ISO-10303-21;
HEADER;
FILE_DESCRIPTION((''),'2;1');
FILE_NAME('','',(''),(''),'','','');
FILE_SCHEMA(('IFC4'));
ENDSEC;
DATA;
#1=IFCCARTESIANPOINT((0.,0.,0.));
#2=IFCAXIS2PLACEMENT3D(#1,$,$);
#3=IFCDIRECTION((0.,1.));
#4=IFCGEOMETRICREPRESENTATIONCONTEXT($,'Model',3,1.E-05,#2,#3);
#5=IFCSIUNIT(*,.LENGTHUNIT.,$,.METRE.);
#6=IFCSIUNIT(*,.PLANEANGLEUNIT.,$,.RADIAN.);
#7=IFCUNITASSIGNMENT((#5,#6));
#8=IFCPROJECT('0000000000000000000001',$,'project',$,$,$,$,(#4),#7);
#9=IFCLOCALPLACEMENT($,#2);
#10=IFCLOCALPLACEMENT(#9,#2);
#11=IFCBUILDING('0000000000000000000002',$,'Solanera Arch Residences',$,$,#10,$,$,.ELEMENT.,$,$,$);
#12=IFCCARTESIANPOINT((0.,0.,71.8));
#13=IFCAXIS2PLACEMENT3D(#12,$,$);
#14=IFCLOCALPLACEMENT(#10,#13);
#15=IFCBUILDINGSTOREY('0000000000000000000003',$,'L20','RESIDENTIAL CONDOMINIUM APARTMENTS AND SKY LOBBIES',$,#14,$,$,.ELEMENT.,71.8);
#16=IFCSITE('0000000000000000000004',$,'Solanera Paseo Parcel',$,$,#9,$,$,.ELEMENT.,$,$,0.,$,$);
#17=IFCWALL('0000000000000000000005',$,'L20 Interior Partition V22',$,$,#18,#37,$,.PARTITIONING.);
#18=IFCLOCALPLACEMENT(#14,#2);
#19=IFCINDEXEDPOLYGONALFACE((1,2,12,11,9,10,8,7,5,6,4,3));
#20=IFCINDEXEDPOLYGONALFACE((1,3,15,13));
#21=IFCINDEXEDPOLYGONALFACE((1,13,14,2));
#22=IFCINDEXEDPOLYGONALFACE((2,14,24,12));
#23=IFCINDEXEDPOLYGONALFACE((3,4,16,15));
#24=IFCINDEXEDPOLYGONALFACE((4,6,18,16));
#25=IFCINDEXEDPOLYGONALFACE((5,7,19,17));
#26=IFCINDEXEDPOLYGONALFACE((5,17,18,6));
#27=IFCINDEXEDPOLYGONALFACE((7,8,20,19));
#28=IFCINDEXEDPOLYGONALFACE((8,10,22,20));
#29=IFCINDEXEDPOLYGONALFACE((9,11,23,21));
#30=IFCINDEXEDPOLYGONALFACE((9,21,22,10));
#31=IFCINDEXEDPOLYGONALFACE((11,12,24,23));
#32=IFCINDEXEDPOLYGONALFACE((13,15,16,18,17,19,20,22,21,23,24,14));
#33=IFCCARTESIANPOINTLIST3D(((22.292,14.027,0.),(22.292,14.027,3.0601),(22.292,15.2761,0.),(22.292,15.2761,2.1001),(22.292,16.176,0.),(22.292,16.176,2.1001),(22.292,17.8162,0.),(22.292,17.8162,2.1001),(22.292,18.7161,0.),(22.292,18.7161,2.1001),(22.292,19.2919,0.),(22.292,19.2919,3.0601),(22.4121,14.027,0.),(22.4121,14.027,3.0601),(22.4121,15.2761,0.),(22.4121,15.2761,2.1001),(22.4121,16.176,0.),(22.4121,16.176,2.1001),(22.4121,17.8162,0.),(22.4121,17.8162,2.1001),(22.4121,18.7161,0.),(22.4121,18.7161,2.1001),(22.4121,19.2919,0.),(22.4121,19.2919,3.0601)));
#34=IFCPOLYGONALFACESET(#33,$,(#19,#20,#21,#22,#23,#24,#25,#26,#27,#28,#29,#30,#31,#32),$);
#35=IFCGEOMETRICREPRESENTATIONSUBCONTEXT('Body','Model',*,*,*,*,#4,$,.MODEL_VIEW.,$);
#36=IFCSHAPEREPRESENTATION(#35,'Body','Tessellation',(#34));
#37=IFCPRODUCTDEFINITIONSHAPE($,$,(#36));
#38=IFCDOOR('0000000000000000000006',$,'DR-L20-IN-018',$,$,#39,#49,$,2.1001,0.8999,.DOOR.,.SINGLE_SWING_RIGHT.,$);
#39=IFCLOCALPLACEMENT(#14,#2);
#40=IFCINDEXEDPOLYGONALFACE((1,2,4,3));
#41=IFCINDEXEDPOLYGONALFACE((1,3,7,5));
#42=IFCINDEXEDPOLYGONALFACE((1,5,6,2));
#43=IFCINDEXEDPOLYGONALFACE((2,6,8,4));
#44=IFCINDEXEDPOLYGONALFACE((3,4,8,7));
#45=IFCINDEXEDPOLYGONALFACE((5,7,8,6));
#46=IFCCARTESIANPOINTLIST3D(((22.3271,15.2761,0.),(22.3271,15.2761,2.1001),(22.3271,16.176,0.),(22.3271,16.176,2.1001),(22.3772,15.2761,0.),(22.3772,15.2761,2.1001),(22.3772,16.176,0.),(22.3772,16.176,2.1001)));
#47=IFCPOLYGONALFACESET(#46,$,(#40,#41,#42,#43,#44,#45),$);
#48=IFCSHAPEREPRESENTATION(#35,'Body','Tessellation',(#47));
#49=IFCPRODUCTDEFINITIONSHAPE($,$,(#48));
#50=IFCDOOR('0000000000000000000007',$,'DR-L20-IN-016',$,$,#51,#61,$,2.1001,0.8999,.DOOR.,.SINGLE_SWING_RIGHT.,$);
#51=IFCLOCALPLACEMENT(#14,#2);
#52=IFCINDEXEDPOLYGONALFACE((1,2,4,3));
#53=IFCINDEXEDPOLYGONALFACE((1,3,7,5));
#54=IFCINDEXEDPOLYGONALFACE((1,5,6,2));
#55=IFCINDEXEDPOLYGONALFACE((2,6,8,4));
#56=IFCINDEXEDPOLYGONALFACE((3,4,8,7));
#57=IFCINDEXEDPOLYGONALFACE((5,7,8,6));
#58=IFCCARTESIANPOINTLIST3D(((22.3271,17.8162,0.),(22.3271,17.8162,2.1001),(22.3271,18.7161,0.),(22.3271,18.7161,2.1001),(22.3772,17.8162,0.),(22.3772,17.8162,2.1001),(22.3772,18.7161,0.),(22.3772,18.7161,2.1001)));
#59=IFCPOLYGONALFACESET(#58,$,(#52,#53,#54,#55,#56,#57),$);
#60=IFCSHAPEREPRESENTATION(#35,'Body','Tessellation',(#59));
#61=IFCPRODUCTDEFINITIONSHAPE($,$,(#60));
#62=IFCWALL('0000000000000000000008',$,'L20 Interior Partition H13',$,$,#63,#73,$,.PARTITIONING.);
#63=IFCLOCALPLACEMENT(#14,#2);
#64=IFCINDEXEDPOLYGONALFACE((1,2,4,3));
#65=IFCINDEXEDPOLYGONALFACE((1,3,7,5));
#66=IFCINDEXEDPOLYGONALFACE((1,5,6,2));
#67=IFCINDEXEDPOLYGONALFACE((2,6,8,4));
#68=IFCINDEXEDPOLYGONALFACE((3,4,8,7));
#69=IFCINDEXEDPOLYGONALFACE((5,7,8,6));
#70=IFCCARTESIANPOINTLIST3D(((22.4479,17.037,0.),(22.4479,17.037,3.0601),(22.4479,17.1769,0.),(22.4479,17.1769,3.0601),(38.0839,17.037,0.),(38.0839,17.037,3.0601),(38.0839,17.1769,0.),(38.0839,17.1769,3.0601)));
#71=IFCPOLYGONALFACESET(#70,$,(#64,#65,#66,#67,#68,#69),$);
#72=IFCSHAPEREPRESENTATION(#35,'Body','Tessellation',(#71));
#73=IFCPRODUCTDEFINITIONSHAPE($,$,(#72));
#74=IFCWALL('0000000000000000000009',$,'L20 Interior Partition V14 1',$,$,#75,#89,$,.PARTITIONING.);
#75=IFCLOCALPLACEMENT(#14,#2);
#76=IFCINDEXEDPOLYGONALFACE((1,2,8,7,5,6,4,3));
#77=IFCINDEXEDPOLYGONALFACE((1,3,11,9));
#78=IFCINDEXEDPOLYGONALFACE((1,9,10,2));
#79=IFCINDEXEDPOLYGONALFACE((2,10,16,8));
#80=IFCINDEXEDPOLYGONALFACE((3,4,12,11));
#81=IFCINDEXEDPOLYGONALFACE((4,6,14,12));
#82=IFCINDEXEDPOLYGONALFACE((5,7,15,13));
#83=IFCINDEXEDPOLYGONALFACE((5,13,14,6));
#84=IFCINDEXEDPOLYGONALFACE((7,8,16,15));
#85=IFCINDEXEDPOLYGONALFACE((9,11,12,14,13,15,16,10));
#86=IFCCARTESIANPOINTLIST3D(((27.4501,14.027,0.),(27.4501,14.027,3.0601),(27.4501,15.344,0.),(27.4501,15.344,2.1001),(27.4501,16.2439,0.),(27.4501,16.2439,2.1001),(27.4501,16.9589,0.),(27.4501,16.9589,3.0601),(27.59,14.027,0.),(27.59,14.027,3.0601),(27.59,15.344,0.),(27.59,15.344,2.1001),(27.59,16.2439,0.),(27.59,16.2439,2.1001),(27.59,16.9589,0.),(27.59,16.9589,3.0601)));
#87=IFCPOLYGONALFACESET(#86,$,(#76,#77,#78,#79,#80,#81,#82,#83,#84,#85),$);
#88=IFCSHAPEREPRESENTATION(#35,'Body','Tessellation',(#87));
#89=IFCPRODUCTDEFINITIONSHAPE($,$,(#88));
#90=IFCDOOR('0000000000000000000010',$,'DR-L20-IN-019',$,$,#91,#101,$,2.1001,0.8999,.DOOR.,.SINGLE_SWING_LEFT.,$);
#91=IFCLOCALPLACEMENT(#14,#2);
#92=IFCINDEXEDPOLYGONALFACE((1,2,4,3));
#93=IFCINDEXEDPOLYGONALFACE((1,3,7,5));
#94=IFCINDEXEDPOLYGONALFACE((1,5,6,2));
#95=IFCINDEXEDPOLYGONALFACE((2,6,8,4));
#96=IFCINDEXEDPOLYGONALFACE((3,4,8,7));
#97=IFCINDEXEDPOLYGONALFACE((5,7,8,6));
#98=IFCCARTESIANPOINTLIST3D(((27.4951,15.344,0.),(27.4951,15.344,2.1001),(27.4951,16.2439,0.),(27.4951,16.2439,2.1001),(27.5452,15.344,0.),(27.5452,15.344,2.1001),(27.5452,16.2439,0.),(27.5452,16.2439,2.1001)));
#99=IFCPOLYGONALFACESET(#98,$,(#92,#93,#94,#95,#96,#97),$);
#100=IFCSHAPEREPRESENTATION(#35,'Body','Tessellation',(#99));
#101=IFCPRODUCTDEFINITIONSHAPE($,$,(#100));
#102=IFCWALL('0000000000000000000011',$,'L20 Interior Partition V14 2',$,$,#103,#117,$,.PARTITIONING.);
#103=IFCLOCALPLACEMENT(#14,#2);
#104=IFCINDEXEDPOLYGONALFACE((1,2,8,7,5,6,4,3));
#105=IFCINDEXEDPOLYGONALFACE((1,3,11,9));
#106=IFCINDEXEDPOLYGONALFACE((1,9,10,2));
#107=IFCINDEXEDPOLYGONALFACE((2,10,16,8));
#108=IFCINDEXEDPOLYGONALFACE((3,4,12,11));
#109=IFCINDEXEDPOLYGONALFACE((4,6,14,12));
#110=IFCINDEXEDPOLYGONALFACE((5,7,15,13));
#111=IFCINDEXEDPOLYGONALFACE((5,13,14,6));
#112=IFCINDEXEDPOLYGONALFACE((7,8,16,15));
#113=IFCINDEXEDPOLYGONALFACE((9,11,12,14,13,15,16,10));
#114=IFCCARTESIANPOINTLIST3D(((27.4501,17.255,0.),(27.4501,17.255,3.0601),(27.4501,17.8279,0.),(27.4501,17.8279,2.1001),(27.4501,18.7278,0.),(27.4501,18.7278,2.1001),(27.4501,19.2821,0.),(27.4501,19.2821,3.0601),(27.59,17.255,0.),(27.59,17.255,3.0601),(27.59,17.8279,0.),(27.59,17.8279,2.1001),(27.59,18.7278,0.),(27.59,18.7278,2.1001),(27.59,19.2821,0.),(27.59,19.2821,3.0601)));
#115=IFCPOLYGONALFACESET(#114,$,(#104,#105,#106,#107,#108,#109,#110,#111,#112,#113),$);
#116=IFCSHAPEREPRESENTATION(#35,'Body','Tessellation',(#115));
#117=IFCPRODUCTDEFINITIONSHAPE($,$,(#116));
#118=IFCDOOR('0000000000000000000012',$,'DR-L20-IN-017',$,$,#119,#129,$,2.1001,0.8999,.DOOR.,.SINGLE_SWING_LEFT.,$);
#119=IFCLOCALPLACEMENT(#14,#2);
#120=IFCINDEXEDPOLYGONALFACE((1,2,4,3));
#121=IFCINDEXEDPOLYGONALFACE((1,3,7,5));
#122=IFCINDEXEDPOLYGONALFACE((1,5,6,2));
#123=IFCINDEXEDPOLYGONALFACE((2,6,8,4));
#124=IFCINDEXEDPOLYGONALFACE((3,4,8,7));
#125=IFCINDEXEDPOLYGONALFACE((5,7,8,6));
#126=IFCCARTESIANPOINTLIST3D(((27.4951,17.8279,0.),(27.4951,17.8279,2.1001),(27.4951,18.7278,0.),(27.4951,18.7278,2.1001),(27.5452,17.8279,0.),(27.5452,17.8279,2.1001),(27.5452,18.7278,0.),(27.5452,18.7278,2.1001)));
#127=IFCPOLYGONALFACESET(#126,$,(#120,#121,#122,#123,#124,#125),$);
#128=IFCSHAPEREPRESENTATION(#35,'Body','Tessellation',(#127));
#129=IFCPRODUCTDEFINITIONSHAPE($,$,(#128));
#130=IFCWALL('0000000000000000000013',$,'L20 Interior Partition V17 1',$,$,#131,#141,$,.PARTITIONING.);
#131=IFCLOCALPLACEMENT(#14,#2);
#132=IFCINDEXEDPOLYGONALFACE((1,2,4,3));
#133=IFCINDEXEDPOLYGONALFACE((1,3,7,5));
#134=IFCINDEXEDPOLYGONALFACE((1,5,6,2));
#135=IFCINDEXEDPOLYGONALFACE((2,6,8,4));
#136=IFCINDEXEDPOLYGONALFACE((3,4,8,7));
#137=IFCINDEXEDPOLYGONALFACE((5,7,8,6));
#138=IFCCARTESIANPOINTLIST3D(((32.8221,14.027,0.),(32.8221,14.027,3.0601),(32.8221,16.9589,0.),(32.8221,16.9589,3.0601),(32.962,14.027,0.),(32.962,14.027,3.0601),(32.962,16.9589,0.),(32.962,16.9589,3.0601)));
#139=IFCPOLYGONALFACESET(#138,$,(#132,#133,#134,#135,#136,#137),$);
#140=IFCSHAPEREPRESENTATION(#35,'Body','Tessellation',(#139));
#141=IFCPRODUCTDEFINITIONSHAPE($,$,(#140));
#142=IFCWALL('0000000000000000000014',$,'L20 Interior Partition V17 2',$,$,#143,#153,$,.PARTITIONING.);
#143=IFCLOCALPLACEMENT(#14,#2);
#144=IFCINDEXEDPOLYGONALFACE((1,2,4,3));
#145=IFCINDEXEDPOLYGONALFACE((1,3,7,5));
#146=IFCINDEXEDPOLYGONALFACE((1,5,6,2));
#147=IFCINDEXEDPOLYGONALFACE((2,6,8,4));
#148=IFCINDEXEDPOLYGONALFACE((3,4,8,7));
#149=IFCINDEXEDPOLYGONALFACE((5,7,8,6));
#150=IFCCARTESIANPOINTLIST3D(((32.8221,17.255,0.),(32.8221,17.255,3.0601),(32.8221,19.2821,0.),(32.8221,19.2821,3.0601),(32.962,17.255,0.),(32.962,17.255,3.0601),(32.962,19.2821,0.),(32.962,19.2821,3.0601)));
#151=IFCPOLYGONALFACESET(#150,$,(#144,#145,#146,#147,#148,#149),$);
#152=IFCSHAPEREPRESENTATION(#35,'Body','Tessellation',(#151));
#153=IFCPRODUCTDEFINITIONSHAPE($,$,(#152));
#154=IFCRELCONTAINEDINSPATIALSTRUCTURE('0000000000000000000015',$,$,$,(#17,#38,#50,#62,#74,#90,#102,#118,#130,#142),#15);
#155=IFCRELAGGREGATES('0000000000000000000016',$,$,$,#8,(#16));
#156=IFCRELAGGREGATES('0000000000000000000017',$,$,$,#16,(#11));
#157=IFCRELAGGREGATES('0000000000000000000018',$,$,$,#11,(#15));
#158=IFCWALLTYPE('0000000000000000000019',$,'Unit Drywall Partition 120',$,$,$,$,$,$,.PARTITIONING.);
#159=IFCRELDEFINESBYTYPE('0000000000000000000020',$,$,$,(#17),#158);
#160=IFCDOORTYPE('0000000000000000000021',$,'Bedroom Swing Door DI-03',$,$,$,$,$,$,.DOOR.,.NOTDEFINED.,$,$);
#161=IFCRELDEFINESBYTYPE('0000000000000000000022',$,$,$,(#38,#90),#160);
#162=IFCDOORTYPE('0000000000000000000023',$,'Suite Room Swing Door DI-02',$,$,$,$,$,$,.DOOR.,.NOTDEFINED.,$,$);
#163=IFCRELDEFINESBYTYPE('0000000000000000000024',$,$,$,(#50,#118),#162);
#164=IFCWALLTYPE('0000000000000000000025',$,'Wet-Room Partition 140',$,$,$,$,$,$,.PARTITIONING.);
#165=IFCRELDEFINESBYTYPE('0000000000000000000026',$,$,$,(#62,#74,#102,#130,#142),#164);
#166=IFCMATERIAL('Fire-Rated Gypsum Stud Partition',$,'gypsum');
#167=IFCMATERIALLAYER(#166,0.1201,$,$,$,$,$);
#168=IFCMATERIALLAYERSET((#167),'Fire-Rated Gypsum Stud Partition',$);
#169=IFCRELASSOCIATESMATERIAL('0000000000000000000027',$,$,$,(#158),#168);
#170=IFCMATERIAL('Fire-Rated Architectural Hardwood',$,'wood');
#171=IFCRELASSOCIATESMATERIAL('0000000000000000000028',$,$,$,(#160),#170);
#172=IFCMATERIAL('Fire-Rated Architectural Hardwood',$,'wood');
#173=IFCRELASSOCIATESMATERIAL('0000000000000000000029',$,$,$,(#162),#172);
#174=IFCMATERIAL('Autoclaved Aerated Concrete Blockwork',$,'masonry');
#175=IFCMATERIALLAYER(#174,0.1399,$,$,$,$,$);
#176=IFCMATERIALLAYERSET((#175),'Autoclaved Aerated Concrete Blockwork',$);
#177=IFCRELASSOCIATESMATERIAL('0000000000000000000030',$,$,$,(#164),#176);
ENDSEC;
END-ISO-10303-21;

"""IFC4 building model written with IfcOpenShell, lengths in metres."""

from ifc_helpers import new_model, si_unit, direction, frame, frame_2d, origin, place, context, subcontext, project, spatial, rectangle, extrude, material, layer, layer_set, type_object, element, fill, save


model = new_model("IFC4")

# Units and contexts
model_context = context("Model", 3, precision=1e-05, world=origin(), true_north=direction((0.0, 1.0)))
body_context = subcontext(model_context, "Body", "Model", "MODEL_VIEW")
ifc_project = project(units=[si_unit("LENGTHUNIT", "METRE"), si_unit("PLANEANGLEUNIT", "RADIAN")], contexts=[model_context])

# Site, building, storey
site_placement = place(None, origin())
site = spatial("IfcSite", under=ifc_project, at=site_placement, Name="Solanera Paseo Parcel", CompositionType="ELEMENT", RefElevation=0.0)
building_placement = place(site_placement, origin())
building = spatial("IfcBuilding", under=site, at=building_placement, Name="Solanera Arch Residences", CompositionType="ELEMENT")
storey_placement = place(building_placement, frame((0.0, 0.0, 71.8)))
storey = spatial("IfcBuildingStorey", under=building, at=storey_placement, Name="L20", Description="RESIDENTIAL CONDOMINIUM APARTMENTS AND SKY LOBBIES", CompositionType="ELEMENT", Elevation=71.8)

# Wall, openings, doors
ifc_material_1 = material(Name="Fire-Rated Gypsum Stud Partition", Category="gypsum")
ifc_layer_1 = layer(ifc_material_1, 0.1201)
ifc_layer_set_1 = layer_set([ifc_layer_1], Name="Fire-Rated Gypsum Stud Partition")
wall_type_1 = type_object("IfcWallType", Name="Unit Drywall Partition 120", PredefinedType="PARTITIONING", material=ifc_layer_set_1)
wall_1_placement = place(storey_placement, frame((22.3521, 14.0271, 0.0), z_axis=(0.0, 0.0, 1.0), x_axis=(0.0, 1.0, 0.0)))
wall_1 = element("IfcWall", 1, at=wall_1_placement, inside=storey, type_object=wall_type_1, Name="L20 Interior Partition V22", PredefinedType="PARTITIONING", context=body_context, shape_type="SweptSolid", body=[
    extrude(rectangle(XDim=5.2649, YDim=0.1201, at=frame_2d((2.6323, 0.0))), origin(), (0.0, 0.0, 1.0), 3.0601),
])
opening_1_placement = place(wall_1_placement, frame((3.7891, 0.0, 0.0)))
opening_1 = element("IfcOpeningElement", 2, at=opening_1_placement, cuts=wall_1, PredefinedType="OPENING", context=body_context, shape_type="SweptSolid", body=[
    extrude(rectangle(XDim=0.8999, YDim=2.1001, at=frame_2d((0.45, 1.05))), frame((0.0, 0.0701, 0.0), z_axis=(0.0, -1.0, 0.0), x_axis=(1.0, 0.0, 0.0)), (0.0, 0.0, 1.0), 0.1401),
])
opening_2_placement = place(wall_1_placement, frame((1.249, 0.0, 0.0)))
opening_2 = element("IfcOpeningElement", 3, at=opening_2_placement, cuts=wall_1, PredefinedType="OPENING", context=body_context, shape_type="SweptSolid", body=[
    extrude(rectangle(XDim=0.8999, YDim=2.1001, at=frame_2d((0.45, 1.05))), frame((0.0, 0.0701, 0.0), z_axis=(0.0, -1.0, 0.0), x_axis=(1.0, 0.0, 0.0)), (0.0, 0.0, 1.0), 0.1401),
])
ifc_material_2 = material(Name="Fire-Rated Architectural Hardwood", Category="wood")
door_type_1 = type_object("IfcDoorType", Name="Bedroom Swing Door DI-03", OperationType="NOTDEFINED", PredefinedType="DOOR", material=ifc_material_2)
door_1_placement = place(opening_2_placement, origin())
door_1 = element("IfcDoor", 4, at=door_1_placement, inside=storey, type_object=door_type_1, Name="DR-L20-IN-018", OperationType="SINGLE_SWING_RIGHT", OverallHeight=2.1001, OverallWidth=0.8999, PredefinedType="DOOR", context=body_context, shape_type="SweptSolid", body=[
    extrude(rectangle(XDim=0.8999, YDim=2.1001, at=frame_2d((0.45, 1.05))), frame((0.0, 0.0249, 0.0), z_axis=(0.0, -1.0, 0.0), x_axis=(1.0, 0.0, 0.0)), (0.0, 0.0, 1.0), 0.05),
])
fill(opening_2, door_1)
ifc_material_3 = material(Name="Fire-Rated Architectural Hardwood", Category="wood")
door_type_2 = type_object("IfcDoorType", Name="Suite Room Swing Door DI-02", OperationType="NOTDEFINED", PredefinedType="DOOR", material=ifc_material_3)
door_2_placement = place(opening_1_placement, origin())
door_2 = element("IfcDoor", 5, at=door_2_placement, inside=storey, type_object=door_type_2, Name="DR-L20-IN-016", OperationType="SINGLE_SWING_RIGHT", OverallHeight=2.1001, OverallWidth=0.8999, PredefinedType="DOOR", context=body_context, shape_type="SweptSolid", body=[
    extrude(rectangle(XDim=0.8999, YDim=2.1001, at=frame_2d((0.45, 1.05))), frame((0.0, 0.0249, 0.0), z_axis=(0.0, -1.0, 0.0), x_axis=(1.0, 0.0, 0.0)), (0.0, 0.0, 1.0), 0.05),
])
fill(opening_1, door_2)

# Wall
ifc_material_4 = material(Name="Autoclaved Aerated Concrete Blockwork", Category="masonry")
ifc_layer_2 = layer(ifc_material_4, 0.1399)
ifc_layer_set_2 = layer_set([ifc_layer_2], Name="Autoclaved Aerated Concrete Blockwork")
wall_type_2 = type_object("IfcWallType", Name="Wet-Room Partition 140", PredefinedType="PARTITIONING", material=ifc_layer_set_2)
wall_2_placement = place(storey_placement, frame((22.448, 17.1069, 0.0), z_axis=(0.0, 0.0, 1.0), x_axis=(1.0, 0.0, 0.0)))
element("IfcWall", 6, at=wall_2_placement, inside=storey, type_object=wall_type_2, Name="L20 Interior Partition H13", PredefinedType="PARTITIONING", context=body_context, shape_type="SweptSolid", body=[
    extrude(rectangle(XDim=15.636, YDim=0.1399, at=frame_2d((7.8179, 0.0))), origin(), (0.0, 0.0, 1.0), 3.0601),
])

# Walls, openings, doors
wall_3_placement = place(storey_placement, frame((27.52, 14.0271, 0.0), z_axis=(0.0, 0.0, 1.0), x_axis=(0.0, 1.0, 0.0)))
wall_3 = element("IfcWall", 7, at=wall_3_placement, inside=storey, type_object=wall_type_2, Name="L20 Interior Partition V14 1", PredefinedType="PARTITIONING", context=body_context, shape_type="SweptSolid", body=[
    extrude(rectangle(XDim=2.9319, YDim=0.1399, at=frame_2d((1.4658, 0.0))), origin(), (0.0, 0.0, 1.0), 3.0601),
])
opening_3_placement = place(wall_3_placement, frame((1.3169, 0.0, 0.0)))
opening_3 = element("IfcOpeningElement", 8, at=opening_3_placement, cuts=wall_3, PredefinedType="OPENING", context=body_context, shape_type="SweptSolid", body=[
    extrude(rectangle(XDim=0.8999, YDim=2.1001, at=frame_2d((0.45, 1.05))), frame((0.0, 0.0798, 0.0), z_axis=(0.0, -1.0, 0.0), x_axis=(1.0, 0.0, 0.0)), (0.0, 0.0, 1.0), 0.1599),
])
door_3_placement = place(opening_3_placement, origin())
door_3 = element("IfcDoor", 9, at=door_3_placement, inside=storey, type_object=door_type_1, Name="DR-L20-IN-019", OperationType="SINGLE_SWING_LEFT", OverallHeight=2.1001, OverallWidth=0.8999, PredefinedType="DOOR", context=body_context, shape_type="SweptSolid", body=[
    extrude(rectangle(XDim=0.8999, YDim=2.1001, at=frame_2d((0.45, 1.05))), frame((0.0, 0.0249, 0.0), z_axis=(0.0, -1.0, 0.0), x_axis=(1.0, 0.0, 0.0)), (0.0, 0.0, 1.0), 0.05),
])
fill(opening_3, door_3)
wall_4_placement = place(storey_placement, frame((27.52, 17.2549, 0.0), z_axis=(0.0, 0.0, 1.0), x_axis=(0.0, 1.0, 0.0)))
wall_4 = element("IfcWall", 10, at=wall_4_placement, inside=storey, type_object=wall_type_2, Name="L20 Interior Partition V14 2", PredefinedType="PARTITIONING", context=body_context, shape_type="SweptSolid", body=[
    extrude(rectangle(XDim=2.0271, YDim=0.1399, at=frame_2d((1.0137, 0.0))), origin(), (0.0, 0.0, 1.0), 3.0601),
])
opening_4_placement = place(wall_4_placement, frame((0.573, 0.0, 0.0)))
opening_4 = element("IfcOpeningElement", 11, at=opening_4_placement, cuts=wall_4, PredefinedType="OPENING", context=body_context, shape_type="SweptSolid", body=[
    extrude(rectangle(XDim=0.8999, YDim=2.1001, at=frame_2d((0.45, 1.05))), frame((0.0, 0.0798, 0.0), z_axis=(0.0, -1.0, 0.0), x_axis=(1.0, 0.0, 0.0)), (0.0, 0.0, 1.0), 0.1599),
])
door_4_placement = place(opening_4_placement, origin())
door_4 = element("IfcDoor", 12, at=door_4_placement, inside=storey, type_object=door_type_2, Name="DR-L20-IN-017", OperationType="SINGLE_SWING_LEFT", OverallHeight=2.1001, OverallWidth=0.8999, PredefinedType="DOOR", context=body_context, shape_type="SweptSolid", body=[
    extrude(rectangle(XDim=0.8999, YDim=2.1001, at=frame_2d((0.45, 1.05))), frame((0.0, 0.0249, 0.0), z_axis=(0.0, -1.0, 0.0), x_axis=(1.0, 0.0, 0.0)), (0.0, 0.0, 1.0), 0.05),
])
fill(opening_4, door_4)

# Walls
wall_5_placement = place(storey_placement, frame((32.8921, 14.0271, 0.0), z_axis=(0.0, 0.0, 1.0), x_axis=(0.0, 1.0, 0.0)))
element("IfcWall", 13, at=wall_5_placement, inside=storey, type_object=wall_type_2, Name="L20 Interior Partition V17 1", PredefinedType="PARTITIONING", context=body_context, shape_type="SweptSolid", body=[
    extrude(rectangle(XDim=2.9319, YDim=0.1399, at=frame_2d((1.4658, 0.0))), origin(), (0.0, 0.0, 1.0), 3.0601),
])
wall_6_placement = place(storey_placement, frame((32.8921, 17.2549, 0.0), z_axis=(0.0, 0.0, 1.0), x_axis=(0.0, 1.0, 0.0)))
element("IfcWall", 14, at=wall_6_placement, inside=storey, type_object=wall_type_2, Name="L20 Interior Partition V17 2", PredefinedType="PARTITIONING", context=body_context, shape_type="SweptSolid", body=[
    extrude(rectangle(XDim=2.0271, YDim=0.1399, at=frame_2d((1.0137, 0.0))), origin(), (0.0, 0.0, 1.0), 3.0601),
])

save(model, "model.ifc")
